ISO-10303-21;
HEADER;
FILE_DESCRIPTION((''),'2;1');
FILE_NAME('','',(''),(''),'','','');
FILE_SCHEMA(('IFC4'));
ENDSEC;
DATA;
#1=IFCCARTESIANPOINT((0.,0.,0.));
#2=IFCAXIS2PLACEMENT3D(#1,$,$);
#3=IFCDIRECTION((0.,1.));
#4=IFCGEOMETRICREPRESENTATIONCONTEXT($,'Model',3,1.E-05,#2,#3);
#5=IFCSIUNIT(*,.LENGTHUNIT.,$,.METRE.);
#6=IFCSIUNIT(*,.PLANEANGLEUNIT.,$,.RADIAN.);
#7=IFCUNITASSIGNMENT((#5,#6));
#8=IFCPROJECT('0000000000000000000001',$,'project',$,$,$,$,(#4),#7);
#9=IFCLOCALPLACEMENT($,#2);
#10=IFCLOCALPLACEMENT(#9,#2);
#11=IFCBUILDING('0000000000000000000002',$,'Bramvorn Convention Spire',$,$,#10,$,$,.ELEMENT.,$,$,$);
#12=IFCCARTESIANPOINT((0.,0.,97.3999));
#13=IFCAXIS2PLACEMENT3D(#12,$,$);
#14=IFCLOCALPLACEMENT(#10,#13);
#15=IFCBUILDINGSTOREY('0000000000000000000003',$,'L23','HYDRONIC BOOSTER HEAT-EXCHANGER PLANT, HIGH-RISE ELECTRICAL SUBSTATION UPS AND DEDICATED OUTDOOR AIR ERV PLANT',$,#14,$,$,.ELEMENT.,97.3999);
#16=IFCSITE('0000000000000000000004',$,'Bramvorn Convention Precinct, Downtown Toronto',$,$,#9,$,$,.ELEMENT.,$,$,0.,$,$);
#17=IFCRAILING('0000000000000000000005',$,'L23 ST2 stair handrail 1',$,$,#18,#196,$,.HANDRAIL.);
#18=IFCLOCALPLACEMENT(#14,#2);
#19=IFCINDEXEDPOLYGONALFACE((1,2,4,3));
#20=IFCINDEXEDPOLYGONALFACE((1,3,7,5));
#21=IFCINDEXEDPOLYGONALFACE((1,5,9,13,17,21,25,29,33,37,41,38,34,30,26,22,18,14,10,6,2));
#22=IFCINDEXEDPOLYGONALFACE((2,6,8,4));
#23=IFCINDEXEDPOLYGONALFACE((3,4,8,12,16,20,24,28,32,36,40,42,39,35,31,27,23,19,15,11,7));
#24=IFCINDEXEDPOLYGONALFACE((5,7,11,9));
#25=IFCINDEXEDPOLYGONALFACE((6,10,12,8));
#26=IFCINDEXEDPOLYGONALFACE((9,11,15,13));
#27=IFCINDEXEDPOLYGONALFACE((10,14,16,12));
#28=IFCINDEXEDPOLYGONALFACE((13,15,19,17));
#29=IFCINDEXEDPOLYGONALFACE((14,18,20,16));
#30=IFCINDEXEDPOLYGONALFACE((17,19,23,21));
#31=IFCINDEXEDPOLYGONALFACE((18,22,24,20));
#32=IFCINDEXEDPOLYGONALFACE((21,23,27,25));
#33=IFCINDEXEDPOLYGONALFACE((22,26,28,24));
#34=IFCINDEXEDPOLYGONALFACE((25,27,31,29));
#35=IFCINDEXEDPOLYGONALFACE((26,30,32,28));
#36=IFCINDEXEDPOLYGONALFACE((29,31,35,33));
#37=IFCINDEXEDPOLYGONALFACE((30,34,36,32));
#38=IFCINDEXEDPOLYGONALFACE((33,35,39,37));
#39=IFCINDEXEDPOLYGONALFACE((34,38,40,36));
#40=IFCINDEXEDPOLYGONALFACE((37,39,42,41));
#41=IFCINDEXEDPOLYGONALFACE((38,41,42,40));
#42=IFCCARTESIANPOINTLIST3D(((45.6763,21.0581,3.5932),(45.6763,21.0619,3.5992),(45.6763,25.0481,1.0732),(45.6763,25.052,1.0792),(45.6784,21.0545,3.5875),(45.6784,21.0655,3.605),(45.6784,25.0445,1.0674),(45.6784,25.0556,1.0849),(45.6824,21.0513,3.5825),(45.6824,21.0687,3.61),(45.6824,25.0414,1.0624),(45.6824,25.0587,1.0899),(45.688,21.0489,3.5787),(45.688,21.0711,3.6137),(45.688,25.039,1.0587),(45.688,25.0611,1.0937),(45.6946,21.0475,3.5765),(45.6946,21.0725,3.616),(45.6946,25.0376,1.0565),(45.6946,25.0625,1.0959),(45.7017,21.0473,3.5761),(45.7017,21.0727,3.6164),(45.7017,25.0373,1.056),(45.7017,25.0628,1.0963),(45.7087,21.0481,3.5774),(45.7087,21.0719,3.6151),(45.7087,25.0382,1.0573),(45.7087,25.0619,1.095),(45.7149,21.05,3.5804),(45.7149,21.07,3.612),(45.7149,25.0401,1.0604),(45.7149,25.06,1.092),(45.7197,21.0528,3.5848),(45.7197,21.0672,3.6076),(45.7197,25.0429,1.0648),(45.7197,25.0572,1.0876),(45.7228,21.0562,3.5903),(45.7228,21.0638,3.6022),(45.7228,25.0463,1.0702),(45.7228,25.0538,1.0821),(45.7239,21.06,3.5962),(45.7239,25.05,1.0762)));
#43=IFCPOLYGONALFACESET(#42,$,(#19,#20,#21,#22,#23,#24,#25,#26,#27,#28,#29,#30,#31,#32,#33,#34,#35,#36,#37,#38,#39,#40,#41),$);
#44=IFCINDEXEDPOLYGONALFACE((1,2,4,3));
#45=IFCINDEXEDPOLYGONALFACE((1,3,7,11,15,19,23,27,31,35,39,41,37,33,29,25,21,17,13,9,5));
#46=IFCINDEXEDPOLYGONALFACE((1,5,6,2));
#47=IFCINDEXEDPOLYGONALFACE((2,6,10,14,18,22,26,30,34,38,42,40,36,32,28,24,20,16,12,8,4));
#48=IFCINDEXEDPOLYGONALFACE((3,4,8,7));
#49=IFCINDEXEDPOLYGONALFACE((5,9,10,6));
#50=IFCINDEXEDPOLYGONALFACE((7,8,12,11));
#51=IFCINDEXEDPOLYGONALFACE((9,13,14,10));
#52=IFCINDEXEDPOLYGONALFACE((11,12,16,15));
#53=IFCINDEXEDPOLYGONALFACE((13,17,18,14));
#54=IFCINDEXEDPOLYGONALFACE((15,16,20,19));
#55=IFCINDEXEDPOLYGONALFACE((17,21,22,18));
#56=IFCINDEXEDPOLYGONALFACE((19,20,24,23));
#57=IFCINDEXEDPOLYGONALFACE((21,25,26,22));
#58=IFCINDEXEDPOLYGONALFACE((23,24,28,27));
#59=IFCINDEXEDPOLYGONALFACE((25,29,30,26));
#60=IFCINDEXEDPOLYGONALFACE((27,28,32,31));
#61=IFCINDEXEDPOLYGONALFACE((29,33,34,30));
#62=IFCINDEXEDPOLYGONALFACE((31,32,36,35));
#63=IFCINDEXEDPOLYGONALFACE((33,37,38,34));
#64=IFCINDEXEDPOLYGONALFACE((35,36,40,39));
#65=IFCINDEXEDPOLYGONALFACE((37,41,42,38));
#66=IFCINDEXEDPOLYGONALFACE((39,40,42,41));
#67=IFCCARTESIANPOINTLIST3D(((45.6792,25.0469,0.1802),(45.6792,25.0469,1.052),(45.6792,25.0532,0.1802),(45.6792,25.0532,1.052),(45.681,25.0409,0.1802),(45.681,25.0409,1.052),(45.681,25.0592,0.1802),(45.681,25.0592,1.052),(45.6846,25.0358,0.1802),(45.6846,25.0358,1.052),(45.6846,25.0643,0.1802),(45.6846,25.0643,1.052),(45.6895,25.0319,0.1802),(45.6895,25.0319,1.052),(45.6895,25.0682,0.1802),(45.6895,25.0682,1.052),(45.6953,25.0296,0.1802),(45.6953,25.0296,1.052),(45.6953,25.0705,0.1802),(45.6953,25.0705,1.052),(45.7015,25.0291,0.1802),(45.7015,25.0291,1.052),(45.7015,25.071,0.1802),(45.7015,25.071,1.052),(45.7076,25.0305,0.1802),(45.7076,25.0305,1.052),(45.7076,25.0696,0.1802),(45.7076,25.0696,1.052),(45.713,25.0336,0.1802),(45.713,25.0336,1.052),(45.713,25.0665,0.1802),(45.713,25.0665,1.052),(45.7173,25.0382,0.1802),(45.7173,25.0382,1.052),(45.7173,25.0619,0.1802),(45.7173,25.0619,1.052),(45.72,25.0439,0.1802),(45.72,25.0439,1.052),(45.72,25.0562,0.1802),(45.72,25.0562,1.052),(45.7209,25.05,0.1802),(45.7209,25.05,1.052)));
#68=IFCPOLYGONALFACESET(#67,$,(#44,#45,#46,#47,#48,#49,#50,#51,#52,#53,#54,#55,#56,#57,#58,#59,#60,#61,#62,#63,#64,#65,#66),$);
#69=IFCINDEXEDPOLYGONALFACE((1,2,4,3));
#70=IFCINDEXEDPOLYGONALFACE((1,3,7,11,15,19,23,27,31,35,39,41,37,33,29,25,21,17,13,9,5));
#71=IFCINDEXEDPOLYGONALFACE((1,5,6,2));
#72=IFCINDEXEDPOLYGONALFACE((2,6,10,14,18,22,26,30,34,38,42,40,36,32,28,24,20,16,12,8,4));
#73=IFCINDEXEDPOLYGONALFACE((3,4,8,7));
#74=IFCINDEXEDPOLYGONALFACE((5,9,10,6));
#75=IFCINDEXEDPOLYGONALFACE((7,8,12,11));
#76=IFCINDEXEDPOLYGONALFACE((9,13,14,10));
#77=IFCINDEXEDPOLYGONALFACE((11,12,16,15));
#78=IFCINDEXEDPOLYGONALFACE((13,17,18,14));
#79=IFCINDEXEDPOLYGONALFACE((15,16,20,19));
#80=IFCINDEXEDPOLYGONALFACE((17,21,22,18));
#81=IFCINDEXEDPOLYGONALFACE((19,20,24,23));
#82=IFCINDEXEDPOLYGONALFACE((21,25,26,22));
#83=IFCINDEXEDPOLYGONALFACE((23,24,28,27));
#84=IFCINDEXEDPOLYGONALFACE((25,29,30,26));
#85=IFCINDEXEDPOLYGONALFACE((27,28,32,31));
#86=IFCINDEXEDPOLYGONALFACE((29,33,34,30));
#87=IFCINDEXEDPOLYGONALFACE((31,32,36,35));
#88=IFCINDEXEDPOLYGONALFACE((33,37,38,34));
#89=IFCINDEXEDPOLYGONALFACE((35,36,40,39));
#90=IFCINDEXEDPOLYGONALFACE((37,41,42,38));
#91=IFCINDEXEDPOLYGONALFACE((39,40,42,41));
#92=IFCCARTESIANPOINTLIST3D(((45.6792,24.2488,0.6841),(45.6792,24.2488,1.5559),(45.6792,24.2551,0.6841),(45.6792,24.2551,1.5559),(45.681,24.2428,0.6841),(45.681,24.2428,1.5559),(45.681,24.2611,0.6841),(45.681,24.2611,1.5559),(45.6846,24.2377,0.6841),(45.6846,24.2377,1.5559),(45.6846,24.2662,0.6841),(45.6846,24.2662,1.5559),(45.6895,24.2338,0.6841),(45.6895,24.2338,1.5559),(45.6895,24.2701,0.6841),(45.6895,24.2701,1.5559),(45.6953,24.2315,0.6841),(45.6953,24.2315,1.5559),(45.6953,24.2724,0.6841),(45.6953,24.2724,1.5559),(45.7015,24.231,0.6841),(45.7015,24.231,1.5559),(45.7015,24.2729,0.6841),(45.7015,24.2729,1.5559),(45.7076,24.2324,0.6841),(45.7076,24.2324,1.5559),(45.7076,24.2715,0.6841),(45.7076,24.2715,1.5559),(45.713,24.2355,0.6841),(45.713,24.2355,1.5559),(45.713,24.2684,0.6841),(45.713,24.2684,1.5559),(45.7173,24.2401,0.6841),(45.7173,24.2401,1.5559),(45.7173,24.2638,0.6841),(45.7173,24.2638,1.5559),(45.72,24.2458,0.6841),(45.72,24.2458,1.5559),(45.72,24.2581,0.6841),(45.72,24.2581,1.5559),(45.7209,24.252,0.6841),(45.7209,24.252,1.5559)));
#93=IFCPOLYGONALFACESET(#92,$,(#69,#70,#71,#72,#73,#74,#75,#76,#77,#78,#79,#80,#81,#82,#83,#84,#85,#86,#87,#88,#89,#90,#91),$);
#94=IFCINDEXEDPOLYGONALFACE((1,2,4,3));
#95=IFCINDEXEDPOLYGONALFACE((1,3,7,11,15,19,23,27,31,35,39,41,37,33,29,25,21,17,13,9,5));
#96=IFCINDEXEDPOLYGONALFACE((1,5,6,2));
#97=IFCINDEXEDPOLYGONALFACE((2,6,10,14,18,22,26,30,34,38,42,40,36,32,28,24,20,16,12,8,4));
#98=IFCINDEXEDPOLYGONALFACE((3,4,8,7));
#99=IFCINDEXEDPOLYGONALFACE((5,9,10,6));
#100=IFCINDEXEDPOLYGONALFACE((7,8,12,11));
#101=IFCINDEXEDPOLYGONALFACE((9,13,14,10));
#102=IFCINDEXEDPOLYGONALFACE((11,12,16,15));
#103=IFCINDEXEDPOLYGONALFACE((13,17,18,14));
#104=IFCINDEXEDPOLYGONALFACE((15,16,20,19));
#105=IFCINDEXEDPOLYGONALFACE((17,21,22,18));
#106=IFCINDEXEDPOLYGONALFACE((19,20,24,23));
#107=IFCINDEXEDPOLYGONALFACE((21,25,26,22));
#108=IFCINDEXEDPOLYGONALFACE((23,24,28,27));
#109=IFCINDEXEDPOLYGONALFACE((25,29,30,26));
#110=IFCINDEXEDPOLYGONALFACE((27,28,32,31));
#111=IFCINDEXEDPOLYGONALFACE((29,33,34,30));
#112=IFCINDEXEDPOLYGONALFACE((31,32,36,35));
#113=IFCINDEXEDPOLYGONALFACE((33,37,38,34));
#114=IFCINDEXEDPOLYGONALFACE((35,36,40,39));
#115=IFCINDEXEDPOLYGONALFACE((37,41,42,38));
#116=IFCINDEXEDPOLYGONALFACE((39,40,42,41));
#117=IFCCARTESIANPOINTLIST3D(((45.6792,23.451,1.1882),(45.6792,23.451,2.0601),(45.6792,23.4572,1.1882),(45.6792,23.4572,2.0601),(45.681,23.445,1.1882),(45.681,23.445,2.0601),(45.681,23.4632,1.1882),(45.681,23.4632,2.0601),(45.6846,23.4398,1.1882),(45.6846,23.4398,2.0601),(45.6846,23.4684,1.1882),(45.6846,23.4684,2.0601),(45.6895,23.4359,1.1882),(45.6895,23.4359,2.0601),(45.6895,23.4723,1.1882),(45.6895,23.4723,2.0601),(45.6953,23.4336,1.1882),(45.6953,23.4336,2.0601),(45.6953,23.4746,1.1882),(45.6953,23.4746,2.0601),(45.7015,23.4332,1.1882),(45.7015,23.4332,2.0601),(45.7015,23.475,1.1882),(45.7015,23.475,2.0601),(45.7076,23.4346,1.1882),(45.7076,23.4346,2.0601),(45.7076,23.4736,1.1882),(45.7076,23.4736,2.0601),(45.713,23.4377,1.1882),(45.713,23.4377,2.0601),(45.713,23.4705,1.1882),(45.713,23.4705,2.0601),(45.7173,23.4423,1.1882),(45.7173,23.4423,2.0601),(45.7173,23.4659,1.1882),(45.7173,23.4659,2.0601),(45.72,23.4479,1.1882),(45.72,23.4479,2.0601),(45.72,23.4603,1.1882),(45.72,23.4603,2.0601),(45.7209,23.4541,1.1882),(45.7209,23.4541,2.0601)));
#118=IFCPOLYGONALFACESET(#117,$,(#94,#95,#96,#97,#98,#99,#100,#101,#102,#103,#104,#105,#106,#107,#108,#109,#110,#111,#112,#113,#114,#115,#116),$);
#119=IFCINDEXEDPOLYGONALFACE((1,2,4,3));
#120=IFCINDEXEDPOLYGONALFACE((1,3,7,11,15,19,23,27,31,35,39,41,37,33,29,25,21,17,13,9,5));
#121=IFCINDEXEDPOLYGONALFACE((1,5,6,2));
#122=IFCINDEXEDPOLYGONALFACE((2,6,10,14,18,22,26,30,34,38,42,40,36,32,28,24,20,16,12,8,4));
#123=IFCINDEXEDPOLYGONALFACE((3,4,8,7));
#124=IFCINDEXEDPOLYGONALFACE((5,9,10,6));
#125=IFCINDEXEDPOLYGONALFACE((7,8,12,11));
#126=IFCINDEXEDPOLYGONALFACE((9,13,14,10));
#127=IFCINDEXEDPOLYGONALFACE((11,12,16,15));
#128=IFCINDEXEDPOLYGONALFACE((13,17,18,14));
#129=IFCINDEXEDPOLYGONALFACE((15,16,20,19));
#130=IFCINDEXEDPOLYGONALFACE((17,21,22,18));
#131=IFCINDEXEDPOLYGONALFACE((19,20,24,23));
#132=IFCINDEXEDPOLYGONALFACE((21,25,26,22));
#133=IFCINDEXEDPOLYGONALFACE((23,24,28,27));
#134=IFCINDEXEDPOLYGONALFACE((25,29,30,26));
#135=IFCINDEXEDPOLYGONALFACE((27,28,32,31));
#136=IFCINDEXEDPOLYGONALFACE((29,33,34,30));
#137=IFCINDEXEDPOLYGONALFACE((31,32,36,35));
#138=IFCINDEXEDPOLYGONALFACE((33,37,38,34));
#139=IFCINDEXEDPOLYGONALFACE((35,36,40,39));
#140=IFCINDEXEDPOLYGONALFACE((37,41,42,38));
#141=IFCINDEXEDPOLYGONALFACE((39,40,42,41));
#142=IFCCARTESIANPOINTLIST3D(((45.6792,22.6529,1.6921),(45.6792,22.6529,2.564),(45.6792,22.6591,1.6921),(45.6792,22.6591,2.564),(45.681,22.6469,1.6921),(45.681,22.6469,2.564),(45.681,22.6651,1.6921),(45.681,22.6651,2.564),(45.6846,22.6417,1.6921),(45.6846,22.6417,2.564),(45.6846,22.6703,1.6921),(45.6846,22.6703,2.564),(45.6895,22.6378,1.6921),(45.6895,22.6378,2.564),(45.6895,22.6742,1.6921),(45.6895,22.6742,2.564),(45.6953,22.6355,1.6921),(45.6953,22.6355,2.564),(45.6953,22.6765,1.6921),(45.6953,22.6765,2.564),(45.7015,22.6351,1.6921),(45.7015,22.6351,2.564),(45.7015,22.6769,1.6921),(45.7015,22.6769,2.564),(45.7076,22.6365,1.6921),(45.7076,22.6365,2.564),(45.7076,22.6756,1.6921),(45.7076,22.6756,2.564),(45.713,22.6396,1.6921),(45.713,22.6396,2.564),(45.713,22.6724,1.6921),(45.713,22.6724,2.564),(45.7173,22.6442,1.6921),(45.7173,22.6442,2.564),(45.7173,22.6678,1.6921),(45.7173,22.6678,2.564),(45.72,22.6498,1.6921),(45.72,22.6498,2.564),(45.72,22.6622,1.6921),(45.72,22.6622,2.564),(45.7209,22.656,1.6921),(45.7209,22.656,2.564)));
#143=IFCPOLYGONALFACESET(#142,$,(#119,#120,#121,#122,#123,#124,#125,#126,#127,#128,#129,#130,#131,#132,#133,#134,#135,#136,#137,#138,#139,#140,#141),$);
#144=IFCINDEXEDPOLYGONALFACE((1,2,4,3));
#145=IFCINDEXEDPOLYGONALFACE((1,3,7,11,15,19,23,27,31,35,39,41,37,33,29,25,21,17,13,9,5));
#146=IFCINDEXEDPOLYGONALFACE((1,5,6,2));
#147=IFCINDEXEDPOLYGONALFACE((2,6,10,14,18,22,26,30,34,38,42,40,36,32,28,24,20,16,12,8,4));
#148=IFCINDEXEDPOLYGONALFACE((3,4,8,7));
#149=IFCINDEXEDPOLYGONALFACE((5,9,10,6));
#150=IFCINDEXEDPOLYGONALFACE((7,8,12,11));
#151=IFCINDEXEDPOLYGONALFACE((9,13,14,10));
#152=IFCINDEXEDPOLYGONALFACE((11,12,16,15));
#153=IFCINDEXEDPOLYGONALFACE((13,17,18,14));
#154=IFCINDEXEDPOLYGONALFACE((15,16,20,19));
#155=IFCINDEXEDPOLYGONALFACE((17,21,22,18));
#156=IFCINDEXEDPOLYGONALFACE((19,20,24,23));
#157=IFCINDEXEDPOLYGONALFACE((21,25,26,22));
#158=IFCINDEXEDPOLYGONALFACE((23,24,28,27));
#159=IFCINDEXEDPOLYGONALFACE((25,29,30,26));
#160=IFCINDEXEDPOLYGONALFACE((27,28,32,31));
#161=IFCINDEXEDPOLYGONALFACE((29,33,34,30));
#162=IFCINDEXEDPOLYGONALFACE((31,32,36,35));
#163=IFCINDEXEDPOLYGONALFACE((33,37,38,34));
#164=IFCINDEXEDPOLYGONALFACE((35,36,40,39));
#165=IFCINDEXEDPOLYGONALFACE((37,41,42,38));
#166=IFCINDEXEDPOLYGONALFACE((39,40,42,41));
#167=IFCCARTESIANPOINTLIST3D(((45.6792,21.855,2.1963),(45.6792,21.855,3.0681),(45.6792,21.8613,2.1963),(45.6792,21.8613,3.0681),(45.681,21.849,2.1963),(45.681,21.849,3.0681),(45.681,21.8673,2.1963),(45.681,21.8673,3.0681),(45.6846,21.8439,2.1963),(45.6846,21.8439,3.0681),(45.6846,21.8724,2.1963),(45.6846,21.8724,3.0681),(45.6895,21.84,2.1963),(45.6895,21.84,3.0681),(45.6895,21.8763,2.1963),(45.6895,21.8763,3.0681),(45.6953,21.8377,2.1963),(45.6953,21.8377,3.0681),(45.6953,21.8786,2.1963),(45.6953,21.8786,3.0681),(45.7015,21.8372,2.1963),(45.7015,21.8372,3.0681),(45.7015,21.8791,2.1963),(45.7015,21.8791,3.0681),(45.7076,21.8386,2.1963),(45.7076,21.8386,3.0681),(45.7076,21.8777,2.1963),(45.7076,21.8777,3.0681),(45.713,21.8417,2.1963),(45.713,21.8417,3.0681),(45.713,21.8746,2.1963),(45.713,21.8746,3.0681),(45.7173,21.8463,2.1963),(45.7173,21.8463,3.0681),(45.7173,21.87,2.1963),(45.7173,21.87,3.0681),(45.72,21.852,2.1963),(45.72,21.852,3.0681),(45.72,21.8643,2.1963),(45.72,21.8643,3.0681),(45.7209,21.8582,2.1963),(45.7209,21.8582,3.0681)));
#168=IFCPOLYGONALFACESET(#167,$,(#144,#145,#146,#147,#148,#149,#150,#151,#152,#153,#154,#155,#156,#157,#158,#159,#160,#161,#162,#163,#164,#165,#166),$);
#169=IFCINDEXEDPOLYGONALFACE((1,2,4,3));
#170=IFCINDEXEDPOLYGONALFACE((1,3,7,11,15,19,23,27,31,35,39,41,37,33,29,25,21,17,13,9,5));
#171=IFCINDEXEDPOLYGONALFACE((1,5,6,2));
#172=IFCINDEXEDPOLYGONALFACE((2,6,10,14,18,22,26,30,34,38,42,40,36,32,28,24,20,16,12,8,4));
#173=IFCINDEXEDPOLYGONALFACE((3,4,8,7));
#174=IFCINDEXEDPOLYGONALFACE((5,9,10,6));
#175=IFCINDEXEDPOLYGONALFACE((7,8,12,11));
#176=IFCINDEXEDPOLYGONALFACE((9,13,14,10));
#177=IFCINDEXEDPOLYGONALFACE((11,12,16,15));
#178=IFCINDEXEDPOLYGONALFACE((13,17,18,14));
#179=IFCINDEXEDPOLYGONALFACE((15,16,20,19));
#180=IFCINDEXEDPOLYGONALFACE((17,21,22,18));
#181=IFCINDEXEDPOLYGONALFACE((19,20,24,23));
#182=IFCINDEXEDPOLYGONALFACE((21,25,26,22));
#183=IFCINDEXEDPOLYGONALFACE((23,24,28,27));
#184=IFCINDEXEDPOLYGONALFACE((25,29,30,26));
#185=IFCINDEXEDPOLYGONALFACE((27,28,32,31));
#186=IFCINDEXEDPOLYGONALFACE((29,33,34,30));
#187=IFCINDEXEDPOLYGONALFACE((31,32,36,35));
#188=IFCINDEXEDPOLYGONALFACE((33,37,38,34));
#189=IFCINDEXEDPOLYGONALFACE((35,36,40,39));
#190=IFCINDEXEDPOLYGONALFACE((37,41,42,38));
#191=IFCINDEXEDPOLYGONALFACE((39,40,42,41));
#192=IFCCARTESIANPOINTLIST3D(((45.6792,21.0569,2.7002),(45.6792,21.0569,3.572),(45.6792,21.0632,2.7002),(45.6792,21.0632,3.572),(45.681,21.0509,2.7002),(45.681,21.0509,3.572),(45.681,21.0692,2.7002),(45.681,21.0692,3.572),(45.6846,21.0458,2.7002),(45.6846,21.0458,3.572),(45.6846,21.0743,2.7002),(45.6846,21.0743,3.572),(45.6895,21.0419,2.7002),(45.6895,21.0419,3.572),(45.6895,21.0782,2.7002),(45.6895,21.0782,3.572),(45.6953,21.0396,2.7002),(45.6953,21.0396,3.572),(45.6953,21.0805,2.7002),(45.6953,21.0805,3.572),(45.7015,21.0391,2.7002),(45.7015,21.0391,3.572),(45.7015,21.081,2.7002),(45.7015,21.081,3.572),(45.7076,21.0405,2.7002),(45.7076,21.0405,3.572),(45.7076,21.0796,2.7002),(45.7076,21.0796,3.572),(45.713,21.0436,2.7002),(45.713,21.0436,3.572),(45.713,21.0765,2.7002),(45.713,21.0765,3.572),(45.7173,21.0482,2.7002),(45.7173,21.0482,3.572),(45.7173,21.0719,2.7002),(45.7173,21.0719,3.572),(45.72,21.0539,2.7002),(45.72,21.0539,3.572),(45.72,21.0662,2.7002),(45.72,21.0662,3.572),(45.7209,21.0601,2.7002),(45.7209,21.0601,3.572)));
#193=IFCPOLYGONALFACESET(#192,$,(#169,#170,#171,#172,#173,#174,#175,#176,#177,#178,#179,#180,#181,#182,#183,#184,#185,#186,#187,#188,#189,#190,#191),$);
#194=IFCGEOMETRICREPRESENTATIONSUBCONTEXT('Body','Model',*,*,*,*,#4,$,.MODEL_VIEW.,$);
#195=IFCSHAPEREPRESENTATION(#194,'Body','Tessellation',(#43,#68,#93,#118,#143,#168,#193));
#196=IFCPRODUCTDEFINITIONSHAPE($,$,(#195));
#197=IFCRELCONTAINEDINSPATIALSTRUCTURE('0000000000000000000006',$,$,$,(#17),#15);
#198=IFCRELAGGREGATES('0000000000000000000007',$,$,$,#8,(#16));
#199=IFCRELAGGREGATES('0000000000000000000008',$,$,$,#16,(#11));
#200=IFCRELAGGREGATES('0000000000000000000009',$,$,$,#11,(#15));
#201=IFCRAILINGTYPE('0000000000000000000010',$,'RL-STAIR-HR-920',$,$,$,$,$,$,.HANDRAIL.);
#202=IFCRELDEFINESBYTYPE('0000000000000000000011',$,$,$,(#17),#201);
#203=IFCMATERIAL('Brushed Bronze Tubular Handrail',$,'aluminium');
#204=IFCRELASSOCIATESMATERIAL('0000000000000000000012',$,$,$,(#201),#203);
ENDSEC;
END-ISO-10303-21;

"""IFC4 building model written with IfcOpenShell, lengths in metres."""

from ifc_helpers import new_model, si_unit, direction, frame, origin, origin_2d, place, context, subcontext, project, spatial, circle, extrude, material, type_object, element, save


model = new_model("IFC4")

# Units and contexts
model_context = context("Model", 3, precision=1e-05, world=origin(), true_north=direction((0.0, 1.0)))
body_context = subcontext(model_context, "Body", "Model", "MODEL_VIEW")
ifc_project = project(units=[si_unit("LENGTHUNIT", "METRE"), si_unit("PLANEANGLEUNIT", "RADIAN")], contexts=[model_context])

# Site, building, storey
site_placement = place(None, origin())
site = spatial("IfcSite", under=ifc_project, at=site_placement, Name="Bramvorn Convention Precinct, Downtown Toronto", CompositionType="ELEMENT", RefElevation=0.0)
building_placement = place(site_placement, origin())
building = spatial("IfcBuilding", under=site, at=building_placement, Name="Bramvorn Convention Spire", CompositionType="ELEMENT")
storey_placement = place(building_placement, frame((0.0, 0.0, 97.3999)))
storey = spatial("IfcBuildingStorey", under=building, at=storey_placement, Name="L23", Description="HYDRONIC BOOSTER HEAT-EXCHANGER PLANT, HIGH-RISE ELECTRICAL SUBSTATION UPS AND DEDICATED OUTDOOR AIR ERV PLANT", CompositionType="ELEMENT", Elevation=97.3999)

# Railing
ifc_material_1 = material(Name="Brushed Bronze Tubular Handrail", Category="aluminium")
railing_type_1 = type_object("IfcRailingType", Name="RL-STAIR-HR-920", PredefinedType="HANDRAIL", material=ifc_material_1)
railing_1_placement = place(storey_placement, frame((45.7, 25.05, 0.1802)))
element("IfcRailing", 1, at=railing_1_placement, inside=storey, type_object=railing_type_1, Name="L23 ST2 stair handrail 1", PredefinedType="HANDRAIL", context=body_context, shape_type="SweptSolid", body=[
    extrude(circle(Radius=0.0239, at=origin_2d()), frame((0.0, 0.0, 0.896), z_axis=(0.0, -0.845486, 0.533997), x_axis=(1.0, 0.0, 0.0)), (0.0, 0.0, 1.0), 4.7192),
    extrude(circle(Radius=0.021, at=origin_2d()), origin(), (0.0, 0.0, 1.0), 0.8718),
    extrude(circle(Radius=0.021, at=origin_2d()), frame((0.0, -0.7981, 0.5039)), (0.0, 0.0, 1.0), 0.8718),
    extrude(circle(Radius=0.021, at=origin_2d()), frame((0.0, -1.5959, 1.0081)), (0.0, 0.0, 1.0), 0.8718),
    extrude(circle(Radius=0.021, at=origin_2d()), frame((0.0, -2.394, 1.512)), (0.0, 0.0, 1.0), 0.8718),
    extrude(circle(Radius=0.021, at=origin_2d()), frame((0.0, -3.1919, 2.0161)), (0.0, 0.0, 1.0), 0.8718),
    extrude(circle(Radius=0.021, at=origin_2d()), frame((0.0, -3.99, 2.52)), (0.0, 0.0, 1.0), 0.8718),
])

save(model, "model.ifc")
